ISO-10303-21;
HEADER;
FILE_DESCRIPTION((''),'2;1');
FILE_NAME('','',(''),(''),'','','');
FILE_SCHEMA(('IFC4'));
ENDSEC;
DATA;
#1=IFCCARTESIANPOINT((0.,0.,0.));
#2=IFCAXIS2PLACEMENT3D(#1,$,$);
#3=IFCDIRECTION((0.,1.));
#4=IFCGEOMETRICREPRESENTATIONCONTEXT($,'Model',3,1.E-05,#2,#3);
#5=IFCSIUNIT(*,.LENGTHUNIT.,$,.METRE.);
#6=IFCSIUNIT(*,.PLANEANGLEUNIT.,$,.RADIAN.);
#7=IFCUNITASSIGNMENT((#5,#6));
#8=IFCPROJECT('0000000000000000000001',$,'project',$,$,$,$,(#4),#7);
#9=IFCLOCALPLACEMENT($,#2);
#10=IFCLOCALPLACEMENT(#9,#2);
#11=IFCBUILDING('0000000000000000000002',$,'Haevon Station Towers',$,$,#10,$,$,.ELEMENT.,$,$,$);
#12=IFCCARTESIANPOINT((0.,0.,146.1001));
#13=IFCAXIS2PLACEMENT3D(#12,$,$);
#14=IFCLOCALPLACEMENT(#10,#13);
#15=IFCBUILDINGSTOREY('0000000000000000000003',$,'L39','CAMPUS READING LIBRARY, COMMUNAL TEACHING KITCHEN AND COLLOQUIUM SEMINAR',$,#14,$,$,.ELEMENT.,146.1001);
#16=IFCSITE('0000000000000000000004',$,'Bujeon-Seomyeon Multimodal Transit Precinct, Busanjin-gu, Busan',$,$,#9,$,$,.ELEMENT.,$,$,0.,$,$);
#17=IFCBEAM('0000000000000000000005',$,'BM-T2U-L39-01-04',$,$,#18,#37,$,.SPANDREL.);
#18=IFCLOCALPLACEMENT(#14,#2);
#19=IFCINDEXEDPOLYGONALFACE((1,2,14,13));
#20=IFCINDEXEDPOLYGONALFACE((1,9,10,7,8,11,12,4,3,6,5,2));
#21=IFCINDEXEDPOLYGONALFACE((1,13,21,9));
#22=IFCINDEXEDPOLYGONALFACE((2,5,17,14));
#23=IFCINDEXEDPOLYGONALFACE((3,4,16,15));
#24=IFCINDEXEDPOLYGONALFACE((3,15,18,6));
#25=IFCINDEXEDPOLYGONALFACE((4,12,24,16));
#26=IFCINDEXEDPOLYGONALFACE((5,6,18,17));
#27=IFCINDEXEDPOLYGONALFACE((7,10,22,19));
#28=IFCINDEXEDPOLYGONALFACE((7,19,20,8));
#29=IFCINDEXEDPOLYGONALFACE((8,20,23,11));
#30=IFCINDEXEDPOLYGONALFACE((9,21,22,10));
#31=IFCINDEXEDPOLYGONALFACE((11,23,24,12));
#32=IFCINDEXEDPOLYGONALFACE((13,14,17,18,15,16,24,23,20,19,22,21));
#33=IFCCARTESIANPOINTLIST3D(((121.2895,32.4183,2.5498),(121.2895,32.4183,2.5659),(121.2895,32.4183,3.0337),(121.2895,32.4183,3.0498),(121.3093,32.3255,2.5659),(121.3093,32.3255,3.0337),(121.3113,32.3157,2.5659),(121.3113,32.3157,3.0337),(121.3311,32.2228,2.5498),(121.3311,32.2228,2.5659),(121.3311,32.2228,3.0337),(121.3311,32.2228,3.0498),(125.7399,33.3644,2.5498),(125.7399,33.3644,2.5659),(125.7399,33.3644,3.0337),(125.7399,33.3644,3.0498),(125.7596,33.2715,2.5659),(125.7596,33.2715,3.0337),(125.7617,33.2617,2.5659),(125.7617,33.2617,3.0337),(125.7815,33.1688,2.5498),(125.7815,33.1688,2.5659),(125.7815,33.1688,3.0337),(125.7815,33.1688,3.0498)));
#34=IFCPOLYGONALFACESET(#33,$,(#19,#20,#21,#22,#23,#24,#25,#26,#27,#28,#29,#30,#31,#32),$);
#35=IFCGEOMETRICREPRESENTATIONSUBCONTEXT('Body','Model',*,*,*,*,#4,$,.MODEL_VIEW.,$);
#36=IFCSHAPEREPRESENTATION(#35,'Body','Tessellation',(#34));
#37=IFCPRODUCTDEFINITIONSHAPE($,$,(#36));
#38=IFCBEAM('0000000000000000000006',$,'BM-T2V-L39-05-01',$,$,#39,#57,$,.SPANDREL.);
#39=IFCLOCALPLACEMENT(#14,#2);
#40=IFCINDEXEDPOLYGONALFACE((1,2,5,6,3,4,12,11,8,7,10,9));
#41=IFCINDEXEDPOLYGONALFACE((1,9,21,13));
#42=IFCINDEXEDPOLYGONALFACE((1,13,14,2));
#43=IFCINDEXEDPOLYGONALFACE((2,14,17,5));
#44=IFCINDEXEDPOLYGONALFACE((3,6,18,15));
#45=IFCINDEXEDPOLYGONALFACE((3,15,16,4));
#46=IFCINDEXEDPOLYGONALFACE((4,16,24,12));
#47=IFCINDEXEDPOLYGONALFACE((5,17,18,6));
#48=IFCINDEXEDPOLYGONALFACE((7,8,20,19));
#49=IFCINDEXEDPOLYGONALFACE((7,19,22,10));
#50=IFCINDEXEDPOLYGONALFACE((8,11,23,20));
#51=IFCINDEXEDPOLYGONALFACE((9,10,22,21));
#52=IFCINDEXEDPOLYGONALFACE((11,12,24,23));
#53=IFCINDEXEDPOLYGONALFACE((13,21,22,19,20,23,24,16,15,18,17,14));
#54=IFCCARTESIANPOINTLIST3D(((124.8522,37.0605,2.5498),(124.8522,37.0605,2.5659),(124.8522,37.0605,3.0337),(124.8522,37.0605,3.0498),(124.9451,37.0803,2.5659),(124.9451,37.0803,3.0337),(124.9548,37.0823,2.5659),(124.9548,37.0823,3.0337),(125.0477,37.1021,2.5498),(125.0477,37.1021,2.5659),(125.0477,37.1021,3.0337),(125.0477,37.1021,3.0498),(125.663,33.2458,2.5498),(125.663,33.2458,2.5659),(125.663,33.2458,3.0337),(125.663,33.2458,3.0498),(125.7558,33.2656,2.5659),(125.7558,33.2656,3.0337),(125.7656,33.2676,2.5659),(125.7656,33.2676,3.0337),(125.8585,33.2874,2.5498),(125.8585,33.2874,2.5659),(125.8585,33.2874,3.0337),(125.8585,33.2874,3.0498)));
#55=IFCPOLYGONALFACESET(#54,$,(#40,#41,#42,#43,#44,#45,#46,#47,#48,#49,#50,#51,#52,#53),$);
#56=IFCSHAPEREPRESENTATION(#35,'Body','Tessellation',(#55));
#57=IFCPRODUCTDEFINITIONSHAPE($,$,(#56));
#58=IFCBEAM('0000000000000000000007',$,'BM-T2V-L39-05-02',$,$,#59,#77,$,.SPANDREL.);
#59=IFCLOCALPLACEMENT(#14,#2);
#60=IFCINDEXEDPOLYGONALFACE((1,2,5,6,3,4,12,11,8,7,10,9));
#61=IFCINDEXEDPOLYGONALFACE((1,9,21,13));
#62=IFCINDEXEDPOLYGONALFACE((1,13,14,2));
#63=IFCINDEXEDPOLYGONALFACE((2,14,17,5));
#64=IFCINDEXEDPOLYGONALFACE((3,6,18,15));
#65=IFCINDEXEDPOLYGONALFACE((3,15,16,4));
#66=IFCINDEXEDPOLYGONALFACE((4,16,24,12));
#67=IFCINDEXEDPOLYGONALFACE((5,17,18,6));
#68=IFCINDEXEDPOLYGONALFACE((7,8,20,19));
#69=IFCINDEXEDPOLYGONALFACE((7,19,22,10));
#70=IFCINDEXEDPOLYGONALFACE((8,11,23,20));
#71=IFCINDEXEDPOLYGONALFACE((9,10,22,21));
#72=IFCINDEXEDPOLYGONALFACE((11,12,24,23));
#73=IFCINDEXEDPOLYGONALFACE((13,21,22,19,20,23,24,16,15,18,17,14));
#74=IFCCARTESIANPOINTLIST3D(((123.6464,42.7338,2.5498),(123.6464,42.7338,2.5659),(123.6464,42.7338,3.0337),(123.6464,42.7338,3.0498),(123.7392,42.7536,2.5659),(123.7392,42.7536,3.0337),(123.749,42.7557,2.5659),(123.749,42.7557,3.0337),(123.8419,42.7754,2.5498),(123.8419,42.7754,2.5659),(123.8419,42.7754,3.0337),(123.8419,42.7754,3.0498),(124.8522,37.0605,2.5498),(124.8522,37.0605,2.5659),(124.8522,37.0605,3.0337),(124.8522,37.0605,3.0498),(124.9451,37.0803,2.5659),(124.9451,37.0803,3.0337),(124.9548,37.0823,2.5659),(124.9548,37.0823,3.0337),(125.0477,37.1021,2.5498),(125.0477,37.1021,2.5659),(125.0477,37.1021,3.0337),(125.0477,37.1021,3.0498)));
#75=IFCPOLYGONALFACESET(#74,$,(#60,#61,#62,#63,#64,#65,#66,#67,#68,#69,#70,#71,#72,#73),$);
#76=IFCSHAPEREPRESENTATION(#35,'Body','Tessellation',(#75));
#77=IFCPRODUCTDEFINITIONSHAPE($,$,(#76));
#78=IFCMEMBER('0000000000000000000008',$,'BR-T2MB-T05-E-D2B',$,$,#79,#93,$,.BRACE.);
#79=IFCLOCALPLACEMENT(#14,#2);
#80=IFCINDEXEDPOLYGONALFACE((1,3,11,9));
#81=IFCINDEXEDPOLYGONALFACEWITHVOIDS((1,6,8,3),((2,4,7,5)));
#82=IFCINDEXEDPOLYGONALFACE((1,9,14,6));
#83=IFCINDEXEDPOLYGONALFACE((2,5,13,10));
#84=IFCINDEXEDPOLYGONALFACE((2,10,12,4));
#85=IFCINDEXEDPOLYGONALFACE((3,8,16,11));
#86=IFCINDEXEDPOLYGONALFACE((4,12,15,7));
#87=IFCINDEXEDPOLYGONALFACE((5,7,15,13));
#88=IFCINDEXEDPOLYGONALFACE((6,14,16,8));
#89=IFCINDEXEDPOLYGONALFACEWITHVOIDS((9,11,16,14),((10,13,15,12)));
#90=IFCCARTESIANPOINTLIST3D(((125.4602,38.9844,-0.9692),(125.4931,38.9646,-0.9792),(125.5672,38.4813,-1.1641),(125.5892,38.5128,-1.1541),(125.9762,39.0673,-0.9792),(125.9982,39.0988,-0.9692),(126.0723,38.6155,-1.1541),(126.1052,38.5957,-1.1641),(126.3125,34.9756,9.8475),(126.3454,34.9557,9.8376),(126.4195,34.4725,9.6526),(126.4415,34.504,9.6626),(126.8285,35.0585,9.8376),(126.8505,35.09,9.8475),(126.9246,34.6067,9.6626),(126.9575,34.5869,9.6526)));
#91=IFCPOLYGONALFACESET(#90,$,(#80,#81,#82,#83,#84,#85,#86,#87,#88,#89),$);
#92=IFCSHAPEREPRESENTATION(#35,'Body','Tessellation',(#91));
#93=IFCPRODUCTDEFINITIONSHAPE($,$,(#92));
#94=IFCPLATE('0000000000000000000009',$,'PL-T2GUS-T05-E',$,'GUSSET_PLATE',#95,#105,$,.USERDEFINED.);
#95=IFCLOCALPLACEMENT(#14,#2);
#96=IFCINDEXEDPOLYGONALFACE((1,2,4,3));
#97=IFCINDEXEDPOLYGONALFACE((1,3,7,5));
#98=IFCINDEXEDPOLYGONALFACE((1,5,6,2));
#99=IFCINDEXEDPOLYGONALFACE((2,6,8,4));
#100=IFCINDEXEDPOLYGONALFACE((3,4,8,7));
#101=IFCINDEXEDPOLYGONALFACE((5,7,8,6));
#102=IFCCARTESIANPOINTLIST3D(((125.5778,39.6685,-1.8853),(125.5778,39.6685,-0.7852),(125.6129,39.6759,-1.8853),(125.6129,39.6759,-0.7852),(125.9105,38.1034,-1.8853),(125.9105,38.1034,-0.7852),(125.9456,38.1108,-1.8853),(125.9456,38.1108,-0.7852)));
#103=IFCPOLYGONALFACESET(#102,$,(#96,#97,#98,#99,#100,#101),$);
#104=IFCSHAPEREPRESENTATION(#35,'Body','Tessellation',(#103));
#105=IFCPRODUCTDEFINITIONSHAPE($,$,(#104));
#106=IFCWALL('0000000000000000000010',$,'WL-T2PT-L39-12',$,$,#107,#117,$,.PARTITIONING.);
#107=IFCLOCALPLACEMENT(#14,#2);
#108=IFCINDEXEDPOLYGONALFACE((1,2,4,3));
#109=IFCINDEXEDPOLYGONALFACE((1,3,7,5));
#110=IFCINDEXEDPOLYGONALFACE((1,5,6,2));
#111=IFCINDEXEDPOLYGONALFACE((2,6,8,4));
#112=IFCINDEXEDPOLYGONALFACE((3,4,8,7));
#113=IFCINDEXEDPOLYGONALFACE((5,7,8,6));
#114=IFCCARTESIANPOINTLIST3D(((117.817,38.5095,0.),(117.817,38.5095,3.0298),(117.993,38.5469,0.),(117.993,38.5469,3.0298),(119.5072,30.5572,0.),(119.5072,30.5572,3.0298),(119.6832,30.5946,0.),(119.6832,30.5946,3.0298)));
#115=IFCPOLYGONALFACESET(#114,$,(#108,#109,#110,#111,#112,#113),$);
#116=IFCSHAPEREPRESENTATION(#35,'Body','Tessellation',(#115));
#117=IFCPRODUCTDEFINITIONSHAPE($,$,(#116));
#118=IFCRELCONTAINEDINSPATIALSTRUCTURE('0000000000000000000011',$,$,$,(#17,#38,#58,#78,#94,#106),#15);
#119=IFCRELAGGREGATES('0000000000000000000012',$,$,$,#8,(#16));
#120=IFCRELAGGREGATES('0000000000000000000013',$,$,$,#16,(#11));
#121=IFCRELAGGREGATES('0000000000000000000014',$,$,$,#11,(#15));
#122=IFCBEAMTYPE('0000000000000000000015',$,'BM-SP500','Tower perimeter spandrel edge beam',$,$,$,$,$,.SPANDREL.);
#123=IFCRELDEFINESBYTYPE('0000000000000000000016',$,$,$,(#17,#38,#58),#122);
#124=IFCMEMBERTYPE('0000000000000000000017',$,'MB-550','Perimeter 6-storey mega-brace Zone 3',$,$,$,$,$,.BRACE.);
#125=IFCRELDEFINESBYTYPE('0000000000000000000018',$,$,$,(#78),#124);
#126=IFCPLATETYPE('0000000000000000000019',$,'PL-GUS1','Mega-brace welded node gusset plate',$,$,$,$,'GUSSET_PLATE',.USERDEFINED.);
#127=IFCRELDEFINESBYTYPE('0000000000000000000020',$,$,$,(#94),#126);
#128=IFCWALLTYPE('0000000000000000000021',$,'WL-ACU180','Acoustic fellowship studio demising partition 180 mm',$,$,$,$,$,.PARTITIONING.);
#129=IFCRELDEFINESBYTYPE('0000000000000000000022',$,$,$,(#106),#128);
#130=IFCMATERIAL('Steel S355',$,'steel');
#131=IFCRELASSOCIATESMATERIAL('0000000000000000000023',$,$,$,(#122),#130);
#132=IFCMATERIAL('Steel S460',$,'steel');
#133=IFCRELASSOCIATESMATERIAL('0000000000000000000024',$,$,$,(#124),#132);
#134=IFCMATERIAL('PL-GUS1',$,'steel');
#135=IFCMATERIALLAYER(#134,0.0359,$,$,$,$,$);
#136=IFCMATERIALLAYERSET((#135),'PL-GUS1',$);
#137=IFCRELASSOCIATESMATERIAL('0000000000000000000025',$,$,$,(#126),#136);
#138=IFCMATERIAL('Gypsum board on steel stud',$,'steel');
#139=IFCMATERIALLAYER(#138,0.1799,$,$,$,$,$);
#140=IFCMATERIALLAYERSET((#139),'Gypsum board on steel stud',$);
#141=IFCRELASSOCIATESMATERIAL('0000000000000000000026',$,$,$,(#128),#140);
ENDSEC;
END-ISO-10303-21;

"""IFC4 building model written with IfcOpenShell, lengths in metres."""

from ifc_helpers import new_model, si_unit, direction, frame, frame_2d, origin, origin_2d, place, context, subcontext, project, spatial, rectangle, hollow_rectangle, i_section, extrude, material, layer, layer_set, material_profile, profile_set, type_object, element, save


model = new_model("IFC4")

# Units and contexts
model_context = context("Model", 3, precision=1e-05, world=origin(), true_north=direction((0.0, 1.0)))
body_context = subcontext(model_context, "Body", "Model", "MODEL_VIEW")
ifc_project = project(units=[si_unit("LENGTHUNIT", "METRE"), si_unit("PLANEANGLEUNIT", "RADIAN")], contexts=[model_context])

# Site, building, storey
site_placement = place(None, origin())
site = spatial("IfcSite", under=ifc_project, at=site_placement, Name="Bujeon-Seomyeon Multimodal Transit Precinct, Busanjin-gu, Busan", CompositionType="ELEMENT", RefElevation=0.0)
building_placement = place(site_placement, origin())
building = spatial("IfcBuilding", under=site, at=building_placement, Name="Haevon Station Towers", CompositionType="ELEMENT")
storey_placement = place(building_placement, frame((0.0, 0.0, 146.1001)))
storey = spatial("IfcBuildingStorey", under=building, at=storey_placement, Name="L39", Description="CAMPUS READING LIBRARY, COMMUNAL TEACHING KITCHEN AND COLLOQUIUM SEMINAR", CompositionType="ELEMENT", Elevation=146.1001)

# Shared definitions
ifc_material_1 = material(Name="Steel S460", Category="steel")
ifc_material_2 = material(Name="Steel S355", Category="steel")

# Beams
ifc_material_profile_1 = material_profile(ifc_material_2, i_section(OverallWidth=0.2, OverallDepth=0.5, WebThickness=0.01, FlangeThickness=0.0161, at=origin_2d()), Name="H-500x200x10x16")
ifc_profile_set_1 = profile_set([ifc_material_profile_1], Name="Steel S355")
beam_type_1 = type_object("IfcBeamType", Name="BM-SP500", Description="Tower perimeter spandrel edge beam", PredefinedType="SPANDREL", material=ifc_profile_set_1)
beam_1_placement = place(storey_placement, frame((121.3103, 32.3206, 2.7998), z_axis=(0.978144, 0.207927, 0.0), x_axis=(-0.207927, 0.978144, 0.0)))
element("IfcBeam", 1, at=beam_1_placement, inside=storey, type_object=beam_type_1, Name="BM-T2U-L39-01-04", PredefinedType="SPANDREL", context=body_context, shape_type="SweptSolid", body=[
    extrude(i_section(OverallWidth=0.2, OverallDepth=0.5, WebThickness=0.01, FlangeThickness=0.0161, at=origin_2d()), origin(), (0.0, 0.0, 1.0), 4.5498),
])
beam_2_placement = place(storey_placement, frame((125.7607, 33.2666, 2.7998), z_axis=(-0.2079, 0.97815, 0.0), x_axis=(-0.97815, -0.2079, 0.0)))
element("IfcBeam", 2, at=beam_2_placement, inside=storey, type_object=beam_type_1, Name="BM-T2V-L39-05-01", PredefinedType="SPANDREL", context=body_context, shape_type="SweptSolid", body=[
    extrude(i_section(OverallWidth=0.2, OverallDepth=0.5, WebThickness=0.01, FlangeThickness=0.0161, at=origin_2d()), origin(), (0.0, 0.0, 1.0), 3.8999),
])
beam_3_placement = place(storey_placement, frame((124.95, 37.0813, 2.7998), z_axis=(-0.207896, 0.978151, 0.0), x_axis=(-0.978151, -0.207896, 0.0)))
element("IfcBeam", 3, at=beam_3_placement, inside=storey, type_object=beam_type_1, Name="BM-T2V-L39-05-02", PredefinedType="SPANDREL", context=body_context, shape_type="SweptSolid", body=[
    extrude(i_section(OverallWidth=0.2, OverallDepth=0.5, WebThickness=0.01, FlangeThickness=0.0161, at=origin_2d()), origin(), (0.0, 0.0, 1.0), 5.8),
])

# Member
ifc_material_profile_2 = material_profile(ifc_material_1, hollow_rectangle(XDim=0.55, YDim=0.55, WallThickness=0.0281, at=origin_2d()), Name="RHS-550x550x28")
ifc_profile_set_2 = profile_set([ifc_material_profile_2], Name="Steel S460")
member_type = type_object("IfcMemberType", Name="MB-550", Description="Perimeter 6-storey mega-brace Zone 3", PredefinedType="BRACE", material=ifc_profile_set_2)
member_placement = place(storey_placement, frame((125.7827, 38.79, -1.0667), z_axis=(0.073683, -0.34657, 0.935126), x_axis=(0.978138, 0.207958, 0.0)))
element("IfcMember", 4, at=member_placement, inside=storey, type_object=member_type, Name="BR-T2MB-T05-E-D2B", PredefinedType="BRACE", context=body_context, shape_type="SweptSolid", body=[
    extrude(hollow_rectangle(XDim=0.55, YDim=0.55, WallThickness=0.0281, at=origin_2d()), origin(), (0.0, 0.0, 1.0), 11.5671),
])

# Plate
ifc_material_3 = material(Name="PL-GUS1", Category="steel")
ifc_layer_1 = layer(ifc_material_3, 0.0359)
ifc_layer_set_1 = layer_set([ifc_layer_1], Name="PL-GUS1")
plate_type = type_object("IfcPlateType", Name="PL-GUS1", Description="Mega-brace welded node gusset plate", ElementType="GUSSET_PLATE", PredefinedType="USERDEFINED", material=ifc_layer_set_1)
plate_placement = place(storey_placement, frame((125.7617, 38.8896, -1.8853), z_axis=(0.0, 0.0, 1.0), x_axis=(-0.207912, 0.978148, 0.0)))
element("IfcPlate", 5, at=plate_placement, inside=storey, type_object=plate_type, Name="PL-T2GUS-T05-E", ObjectType="GUSSET_PLATE", PredefinedType="USERDEFINED", context=body_context, shape_type="SweptSolid", body=[
    extrude(rectangle(XDim=1.6001, YDim=0.0359, at=origin_2d()), origin(), (0.0, 0.0, 1.0), 1.1001),
])

# Wall
ifc_material_4 = material(Name="Gypsum board on steel stud", Category="steel")
ifc_layer_2 = layer(ifc_material_4, 0.1799)
ifc_layer_set_2 = layer_set([ifc_layer_2], Name="Gypsum board on steel stud")
wall_type_1 = type_object("IfcWallType", Name="WL-ACU180", Description="Acoustic fellowship studio demising partition 180 mm", PredefinedType="PARTITIONING", material=ifc_layer_set_2)
wall_1_placement = place(storey_placement, frame((119.5952, 30.5759, 0.0), z_axis=(0.0, 0.0, 1.0), x_axis=(-0.2079, 0.97815, 0.0)))
element("IfcWall", 6, at=wall_1_placement, inside=storey, type_object=wall_type_1, Name="WL-T2PT-L39-12", PredefinedType="PARTITIONING", context=body_context, shape_type="SweptSolid", body=[
    extrude(rectangle(XDim=8.1299, YDim=0.1799, at=frame_2d((4.0649, 0.0))), origin(), (0.0, 0.0, 1.0), 3.0298),
])

save(model, "model.ifc")
